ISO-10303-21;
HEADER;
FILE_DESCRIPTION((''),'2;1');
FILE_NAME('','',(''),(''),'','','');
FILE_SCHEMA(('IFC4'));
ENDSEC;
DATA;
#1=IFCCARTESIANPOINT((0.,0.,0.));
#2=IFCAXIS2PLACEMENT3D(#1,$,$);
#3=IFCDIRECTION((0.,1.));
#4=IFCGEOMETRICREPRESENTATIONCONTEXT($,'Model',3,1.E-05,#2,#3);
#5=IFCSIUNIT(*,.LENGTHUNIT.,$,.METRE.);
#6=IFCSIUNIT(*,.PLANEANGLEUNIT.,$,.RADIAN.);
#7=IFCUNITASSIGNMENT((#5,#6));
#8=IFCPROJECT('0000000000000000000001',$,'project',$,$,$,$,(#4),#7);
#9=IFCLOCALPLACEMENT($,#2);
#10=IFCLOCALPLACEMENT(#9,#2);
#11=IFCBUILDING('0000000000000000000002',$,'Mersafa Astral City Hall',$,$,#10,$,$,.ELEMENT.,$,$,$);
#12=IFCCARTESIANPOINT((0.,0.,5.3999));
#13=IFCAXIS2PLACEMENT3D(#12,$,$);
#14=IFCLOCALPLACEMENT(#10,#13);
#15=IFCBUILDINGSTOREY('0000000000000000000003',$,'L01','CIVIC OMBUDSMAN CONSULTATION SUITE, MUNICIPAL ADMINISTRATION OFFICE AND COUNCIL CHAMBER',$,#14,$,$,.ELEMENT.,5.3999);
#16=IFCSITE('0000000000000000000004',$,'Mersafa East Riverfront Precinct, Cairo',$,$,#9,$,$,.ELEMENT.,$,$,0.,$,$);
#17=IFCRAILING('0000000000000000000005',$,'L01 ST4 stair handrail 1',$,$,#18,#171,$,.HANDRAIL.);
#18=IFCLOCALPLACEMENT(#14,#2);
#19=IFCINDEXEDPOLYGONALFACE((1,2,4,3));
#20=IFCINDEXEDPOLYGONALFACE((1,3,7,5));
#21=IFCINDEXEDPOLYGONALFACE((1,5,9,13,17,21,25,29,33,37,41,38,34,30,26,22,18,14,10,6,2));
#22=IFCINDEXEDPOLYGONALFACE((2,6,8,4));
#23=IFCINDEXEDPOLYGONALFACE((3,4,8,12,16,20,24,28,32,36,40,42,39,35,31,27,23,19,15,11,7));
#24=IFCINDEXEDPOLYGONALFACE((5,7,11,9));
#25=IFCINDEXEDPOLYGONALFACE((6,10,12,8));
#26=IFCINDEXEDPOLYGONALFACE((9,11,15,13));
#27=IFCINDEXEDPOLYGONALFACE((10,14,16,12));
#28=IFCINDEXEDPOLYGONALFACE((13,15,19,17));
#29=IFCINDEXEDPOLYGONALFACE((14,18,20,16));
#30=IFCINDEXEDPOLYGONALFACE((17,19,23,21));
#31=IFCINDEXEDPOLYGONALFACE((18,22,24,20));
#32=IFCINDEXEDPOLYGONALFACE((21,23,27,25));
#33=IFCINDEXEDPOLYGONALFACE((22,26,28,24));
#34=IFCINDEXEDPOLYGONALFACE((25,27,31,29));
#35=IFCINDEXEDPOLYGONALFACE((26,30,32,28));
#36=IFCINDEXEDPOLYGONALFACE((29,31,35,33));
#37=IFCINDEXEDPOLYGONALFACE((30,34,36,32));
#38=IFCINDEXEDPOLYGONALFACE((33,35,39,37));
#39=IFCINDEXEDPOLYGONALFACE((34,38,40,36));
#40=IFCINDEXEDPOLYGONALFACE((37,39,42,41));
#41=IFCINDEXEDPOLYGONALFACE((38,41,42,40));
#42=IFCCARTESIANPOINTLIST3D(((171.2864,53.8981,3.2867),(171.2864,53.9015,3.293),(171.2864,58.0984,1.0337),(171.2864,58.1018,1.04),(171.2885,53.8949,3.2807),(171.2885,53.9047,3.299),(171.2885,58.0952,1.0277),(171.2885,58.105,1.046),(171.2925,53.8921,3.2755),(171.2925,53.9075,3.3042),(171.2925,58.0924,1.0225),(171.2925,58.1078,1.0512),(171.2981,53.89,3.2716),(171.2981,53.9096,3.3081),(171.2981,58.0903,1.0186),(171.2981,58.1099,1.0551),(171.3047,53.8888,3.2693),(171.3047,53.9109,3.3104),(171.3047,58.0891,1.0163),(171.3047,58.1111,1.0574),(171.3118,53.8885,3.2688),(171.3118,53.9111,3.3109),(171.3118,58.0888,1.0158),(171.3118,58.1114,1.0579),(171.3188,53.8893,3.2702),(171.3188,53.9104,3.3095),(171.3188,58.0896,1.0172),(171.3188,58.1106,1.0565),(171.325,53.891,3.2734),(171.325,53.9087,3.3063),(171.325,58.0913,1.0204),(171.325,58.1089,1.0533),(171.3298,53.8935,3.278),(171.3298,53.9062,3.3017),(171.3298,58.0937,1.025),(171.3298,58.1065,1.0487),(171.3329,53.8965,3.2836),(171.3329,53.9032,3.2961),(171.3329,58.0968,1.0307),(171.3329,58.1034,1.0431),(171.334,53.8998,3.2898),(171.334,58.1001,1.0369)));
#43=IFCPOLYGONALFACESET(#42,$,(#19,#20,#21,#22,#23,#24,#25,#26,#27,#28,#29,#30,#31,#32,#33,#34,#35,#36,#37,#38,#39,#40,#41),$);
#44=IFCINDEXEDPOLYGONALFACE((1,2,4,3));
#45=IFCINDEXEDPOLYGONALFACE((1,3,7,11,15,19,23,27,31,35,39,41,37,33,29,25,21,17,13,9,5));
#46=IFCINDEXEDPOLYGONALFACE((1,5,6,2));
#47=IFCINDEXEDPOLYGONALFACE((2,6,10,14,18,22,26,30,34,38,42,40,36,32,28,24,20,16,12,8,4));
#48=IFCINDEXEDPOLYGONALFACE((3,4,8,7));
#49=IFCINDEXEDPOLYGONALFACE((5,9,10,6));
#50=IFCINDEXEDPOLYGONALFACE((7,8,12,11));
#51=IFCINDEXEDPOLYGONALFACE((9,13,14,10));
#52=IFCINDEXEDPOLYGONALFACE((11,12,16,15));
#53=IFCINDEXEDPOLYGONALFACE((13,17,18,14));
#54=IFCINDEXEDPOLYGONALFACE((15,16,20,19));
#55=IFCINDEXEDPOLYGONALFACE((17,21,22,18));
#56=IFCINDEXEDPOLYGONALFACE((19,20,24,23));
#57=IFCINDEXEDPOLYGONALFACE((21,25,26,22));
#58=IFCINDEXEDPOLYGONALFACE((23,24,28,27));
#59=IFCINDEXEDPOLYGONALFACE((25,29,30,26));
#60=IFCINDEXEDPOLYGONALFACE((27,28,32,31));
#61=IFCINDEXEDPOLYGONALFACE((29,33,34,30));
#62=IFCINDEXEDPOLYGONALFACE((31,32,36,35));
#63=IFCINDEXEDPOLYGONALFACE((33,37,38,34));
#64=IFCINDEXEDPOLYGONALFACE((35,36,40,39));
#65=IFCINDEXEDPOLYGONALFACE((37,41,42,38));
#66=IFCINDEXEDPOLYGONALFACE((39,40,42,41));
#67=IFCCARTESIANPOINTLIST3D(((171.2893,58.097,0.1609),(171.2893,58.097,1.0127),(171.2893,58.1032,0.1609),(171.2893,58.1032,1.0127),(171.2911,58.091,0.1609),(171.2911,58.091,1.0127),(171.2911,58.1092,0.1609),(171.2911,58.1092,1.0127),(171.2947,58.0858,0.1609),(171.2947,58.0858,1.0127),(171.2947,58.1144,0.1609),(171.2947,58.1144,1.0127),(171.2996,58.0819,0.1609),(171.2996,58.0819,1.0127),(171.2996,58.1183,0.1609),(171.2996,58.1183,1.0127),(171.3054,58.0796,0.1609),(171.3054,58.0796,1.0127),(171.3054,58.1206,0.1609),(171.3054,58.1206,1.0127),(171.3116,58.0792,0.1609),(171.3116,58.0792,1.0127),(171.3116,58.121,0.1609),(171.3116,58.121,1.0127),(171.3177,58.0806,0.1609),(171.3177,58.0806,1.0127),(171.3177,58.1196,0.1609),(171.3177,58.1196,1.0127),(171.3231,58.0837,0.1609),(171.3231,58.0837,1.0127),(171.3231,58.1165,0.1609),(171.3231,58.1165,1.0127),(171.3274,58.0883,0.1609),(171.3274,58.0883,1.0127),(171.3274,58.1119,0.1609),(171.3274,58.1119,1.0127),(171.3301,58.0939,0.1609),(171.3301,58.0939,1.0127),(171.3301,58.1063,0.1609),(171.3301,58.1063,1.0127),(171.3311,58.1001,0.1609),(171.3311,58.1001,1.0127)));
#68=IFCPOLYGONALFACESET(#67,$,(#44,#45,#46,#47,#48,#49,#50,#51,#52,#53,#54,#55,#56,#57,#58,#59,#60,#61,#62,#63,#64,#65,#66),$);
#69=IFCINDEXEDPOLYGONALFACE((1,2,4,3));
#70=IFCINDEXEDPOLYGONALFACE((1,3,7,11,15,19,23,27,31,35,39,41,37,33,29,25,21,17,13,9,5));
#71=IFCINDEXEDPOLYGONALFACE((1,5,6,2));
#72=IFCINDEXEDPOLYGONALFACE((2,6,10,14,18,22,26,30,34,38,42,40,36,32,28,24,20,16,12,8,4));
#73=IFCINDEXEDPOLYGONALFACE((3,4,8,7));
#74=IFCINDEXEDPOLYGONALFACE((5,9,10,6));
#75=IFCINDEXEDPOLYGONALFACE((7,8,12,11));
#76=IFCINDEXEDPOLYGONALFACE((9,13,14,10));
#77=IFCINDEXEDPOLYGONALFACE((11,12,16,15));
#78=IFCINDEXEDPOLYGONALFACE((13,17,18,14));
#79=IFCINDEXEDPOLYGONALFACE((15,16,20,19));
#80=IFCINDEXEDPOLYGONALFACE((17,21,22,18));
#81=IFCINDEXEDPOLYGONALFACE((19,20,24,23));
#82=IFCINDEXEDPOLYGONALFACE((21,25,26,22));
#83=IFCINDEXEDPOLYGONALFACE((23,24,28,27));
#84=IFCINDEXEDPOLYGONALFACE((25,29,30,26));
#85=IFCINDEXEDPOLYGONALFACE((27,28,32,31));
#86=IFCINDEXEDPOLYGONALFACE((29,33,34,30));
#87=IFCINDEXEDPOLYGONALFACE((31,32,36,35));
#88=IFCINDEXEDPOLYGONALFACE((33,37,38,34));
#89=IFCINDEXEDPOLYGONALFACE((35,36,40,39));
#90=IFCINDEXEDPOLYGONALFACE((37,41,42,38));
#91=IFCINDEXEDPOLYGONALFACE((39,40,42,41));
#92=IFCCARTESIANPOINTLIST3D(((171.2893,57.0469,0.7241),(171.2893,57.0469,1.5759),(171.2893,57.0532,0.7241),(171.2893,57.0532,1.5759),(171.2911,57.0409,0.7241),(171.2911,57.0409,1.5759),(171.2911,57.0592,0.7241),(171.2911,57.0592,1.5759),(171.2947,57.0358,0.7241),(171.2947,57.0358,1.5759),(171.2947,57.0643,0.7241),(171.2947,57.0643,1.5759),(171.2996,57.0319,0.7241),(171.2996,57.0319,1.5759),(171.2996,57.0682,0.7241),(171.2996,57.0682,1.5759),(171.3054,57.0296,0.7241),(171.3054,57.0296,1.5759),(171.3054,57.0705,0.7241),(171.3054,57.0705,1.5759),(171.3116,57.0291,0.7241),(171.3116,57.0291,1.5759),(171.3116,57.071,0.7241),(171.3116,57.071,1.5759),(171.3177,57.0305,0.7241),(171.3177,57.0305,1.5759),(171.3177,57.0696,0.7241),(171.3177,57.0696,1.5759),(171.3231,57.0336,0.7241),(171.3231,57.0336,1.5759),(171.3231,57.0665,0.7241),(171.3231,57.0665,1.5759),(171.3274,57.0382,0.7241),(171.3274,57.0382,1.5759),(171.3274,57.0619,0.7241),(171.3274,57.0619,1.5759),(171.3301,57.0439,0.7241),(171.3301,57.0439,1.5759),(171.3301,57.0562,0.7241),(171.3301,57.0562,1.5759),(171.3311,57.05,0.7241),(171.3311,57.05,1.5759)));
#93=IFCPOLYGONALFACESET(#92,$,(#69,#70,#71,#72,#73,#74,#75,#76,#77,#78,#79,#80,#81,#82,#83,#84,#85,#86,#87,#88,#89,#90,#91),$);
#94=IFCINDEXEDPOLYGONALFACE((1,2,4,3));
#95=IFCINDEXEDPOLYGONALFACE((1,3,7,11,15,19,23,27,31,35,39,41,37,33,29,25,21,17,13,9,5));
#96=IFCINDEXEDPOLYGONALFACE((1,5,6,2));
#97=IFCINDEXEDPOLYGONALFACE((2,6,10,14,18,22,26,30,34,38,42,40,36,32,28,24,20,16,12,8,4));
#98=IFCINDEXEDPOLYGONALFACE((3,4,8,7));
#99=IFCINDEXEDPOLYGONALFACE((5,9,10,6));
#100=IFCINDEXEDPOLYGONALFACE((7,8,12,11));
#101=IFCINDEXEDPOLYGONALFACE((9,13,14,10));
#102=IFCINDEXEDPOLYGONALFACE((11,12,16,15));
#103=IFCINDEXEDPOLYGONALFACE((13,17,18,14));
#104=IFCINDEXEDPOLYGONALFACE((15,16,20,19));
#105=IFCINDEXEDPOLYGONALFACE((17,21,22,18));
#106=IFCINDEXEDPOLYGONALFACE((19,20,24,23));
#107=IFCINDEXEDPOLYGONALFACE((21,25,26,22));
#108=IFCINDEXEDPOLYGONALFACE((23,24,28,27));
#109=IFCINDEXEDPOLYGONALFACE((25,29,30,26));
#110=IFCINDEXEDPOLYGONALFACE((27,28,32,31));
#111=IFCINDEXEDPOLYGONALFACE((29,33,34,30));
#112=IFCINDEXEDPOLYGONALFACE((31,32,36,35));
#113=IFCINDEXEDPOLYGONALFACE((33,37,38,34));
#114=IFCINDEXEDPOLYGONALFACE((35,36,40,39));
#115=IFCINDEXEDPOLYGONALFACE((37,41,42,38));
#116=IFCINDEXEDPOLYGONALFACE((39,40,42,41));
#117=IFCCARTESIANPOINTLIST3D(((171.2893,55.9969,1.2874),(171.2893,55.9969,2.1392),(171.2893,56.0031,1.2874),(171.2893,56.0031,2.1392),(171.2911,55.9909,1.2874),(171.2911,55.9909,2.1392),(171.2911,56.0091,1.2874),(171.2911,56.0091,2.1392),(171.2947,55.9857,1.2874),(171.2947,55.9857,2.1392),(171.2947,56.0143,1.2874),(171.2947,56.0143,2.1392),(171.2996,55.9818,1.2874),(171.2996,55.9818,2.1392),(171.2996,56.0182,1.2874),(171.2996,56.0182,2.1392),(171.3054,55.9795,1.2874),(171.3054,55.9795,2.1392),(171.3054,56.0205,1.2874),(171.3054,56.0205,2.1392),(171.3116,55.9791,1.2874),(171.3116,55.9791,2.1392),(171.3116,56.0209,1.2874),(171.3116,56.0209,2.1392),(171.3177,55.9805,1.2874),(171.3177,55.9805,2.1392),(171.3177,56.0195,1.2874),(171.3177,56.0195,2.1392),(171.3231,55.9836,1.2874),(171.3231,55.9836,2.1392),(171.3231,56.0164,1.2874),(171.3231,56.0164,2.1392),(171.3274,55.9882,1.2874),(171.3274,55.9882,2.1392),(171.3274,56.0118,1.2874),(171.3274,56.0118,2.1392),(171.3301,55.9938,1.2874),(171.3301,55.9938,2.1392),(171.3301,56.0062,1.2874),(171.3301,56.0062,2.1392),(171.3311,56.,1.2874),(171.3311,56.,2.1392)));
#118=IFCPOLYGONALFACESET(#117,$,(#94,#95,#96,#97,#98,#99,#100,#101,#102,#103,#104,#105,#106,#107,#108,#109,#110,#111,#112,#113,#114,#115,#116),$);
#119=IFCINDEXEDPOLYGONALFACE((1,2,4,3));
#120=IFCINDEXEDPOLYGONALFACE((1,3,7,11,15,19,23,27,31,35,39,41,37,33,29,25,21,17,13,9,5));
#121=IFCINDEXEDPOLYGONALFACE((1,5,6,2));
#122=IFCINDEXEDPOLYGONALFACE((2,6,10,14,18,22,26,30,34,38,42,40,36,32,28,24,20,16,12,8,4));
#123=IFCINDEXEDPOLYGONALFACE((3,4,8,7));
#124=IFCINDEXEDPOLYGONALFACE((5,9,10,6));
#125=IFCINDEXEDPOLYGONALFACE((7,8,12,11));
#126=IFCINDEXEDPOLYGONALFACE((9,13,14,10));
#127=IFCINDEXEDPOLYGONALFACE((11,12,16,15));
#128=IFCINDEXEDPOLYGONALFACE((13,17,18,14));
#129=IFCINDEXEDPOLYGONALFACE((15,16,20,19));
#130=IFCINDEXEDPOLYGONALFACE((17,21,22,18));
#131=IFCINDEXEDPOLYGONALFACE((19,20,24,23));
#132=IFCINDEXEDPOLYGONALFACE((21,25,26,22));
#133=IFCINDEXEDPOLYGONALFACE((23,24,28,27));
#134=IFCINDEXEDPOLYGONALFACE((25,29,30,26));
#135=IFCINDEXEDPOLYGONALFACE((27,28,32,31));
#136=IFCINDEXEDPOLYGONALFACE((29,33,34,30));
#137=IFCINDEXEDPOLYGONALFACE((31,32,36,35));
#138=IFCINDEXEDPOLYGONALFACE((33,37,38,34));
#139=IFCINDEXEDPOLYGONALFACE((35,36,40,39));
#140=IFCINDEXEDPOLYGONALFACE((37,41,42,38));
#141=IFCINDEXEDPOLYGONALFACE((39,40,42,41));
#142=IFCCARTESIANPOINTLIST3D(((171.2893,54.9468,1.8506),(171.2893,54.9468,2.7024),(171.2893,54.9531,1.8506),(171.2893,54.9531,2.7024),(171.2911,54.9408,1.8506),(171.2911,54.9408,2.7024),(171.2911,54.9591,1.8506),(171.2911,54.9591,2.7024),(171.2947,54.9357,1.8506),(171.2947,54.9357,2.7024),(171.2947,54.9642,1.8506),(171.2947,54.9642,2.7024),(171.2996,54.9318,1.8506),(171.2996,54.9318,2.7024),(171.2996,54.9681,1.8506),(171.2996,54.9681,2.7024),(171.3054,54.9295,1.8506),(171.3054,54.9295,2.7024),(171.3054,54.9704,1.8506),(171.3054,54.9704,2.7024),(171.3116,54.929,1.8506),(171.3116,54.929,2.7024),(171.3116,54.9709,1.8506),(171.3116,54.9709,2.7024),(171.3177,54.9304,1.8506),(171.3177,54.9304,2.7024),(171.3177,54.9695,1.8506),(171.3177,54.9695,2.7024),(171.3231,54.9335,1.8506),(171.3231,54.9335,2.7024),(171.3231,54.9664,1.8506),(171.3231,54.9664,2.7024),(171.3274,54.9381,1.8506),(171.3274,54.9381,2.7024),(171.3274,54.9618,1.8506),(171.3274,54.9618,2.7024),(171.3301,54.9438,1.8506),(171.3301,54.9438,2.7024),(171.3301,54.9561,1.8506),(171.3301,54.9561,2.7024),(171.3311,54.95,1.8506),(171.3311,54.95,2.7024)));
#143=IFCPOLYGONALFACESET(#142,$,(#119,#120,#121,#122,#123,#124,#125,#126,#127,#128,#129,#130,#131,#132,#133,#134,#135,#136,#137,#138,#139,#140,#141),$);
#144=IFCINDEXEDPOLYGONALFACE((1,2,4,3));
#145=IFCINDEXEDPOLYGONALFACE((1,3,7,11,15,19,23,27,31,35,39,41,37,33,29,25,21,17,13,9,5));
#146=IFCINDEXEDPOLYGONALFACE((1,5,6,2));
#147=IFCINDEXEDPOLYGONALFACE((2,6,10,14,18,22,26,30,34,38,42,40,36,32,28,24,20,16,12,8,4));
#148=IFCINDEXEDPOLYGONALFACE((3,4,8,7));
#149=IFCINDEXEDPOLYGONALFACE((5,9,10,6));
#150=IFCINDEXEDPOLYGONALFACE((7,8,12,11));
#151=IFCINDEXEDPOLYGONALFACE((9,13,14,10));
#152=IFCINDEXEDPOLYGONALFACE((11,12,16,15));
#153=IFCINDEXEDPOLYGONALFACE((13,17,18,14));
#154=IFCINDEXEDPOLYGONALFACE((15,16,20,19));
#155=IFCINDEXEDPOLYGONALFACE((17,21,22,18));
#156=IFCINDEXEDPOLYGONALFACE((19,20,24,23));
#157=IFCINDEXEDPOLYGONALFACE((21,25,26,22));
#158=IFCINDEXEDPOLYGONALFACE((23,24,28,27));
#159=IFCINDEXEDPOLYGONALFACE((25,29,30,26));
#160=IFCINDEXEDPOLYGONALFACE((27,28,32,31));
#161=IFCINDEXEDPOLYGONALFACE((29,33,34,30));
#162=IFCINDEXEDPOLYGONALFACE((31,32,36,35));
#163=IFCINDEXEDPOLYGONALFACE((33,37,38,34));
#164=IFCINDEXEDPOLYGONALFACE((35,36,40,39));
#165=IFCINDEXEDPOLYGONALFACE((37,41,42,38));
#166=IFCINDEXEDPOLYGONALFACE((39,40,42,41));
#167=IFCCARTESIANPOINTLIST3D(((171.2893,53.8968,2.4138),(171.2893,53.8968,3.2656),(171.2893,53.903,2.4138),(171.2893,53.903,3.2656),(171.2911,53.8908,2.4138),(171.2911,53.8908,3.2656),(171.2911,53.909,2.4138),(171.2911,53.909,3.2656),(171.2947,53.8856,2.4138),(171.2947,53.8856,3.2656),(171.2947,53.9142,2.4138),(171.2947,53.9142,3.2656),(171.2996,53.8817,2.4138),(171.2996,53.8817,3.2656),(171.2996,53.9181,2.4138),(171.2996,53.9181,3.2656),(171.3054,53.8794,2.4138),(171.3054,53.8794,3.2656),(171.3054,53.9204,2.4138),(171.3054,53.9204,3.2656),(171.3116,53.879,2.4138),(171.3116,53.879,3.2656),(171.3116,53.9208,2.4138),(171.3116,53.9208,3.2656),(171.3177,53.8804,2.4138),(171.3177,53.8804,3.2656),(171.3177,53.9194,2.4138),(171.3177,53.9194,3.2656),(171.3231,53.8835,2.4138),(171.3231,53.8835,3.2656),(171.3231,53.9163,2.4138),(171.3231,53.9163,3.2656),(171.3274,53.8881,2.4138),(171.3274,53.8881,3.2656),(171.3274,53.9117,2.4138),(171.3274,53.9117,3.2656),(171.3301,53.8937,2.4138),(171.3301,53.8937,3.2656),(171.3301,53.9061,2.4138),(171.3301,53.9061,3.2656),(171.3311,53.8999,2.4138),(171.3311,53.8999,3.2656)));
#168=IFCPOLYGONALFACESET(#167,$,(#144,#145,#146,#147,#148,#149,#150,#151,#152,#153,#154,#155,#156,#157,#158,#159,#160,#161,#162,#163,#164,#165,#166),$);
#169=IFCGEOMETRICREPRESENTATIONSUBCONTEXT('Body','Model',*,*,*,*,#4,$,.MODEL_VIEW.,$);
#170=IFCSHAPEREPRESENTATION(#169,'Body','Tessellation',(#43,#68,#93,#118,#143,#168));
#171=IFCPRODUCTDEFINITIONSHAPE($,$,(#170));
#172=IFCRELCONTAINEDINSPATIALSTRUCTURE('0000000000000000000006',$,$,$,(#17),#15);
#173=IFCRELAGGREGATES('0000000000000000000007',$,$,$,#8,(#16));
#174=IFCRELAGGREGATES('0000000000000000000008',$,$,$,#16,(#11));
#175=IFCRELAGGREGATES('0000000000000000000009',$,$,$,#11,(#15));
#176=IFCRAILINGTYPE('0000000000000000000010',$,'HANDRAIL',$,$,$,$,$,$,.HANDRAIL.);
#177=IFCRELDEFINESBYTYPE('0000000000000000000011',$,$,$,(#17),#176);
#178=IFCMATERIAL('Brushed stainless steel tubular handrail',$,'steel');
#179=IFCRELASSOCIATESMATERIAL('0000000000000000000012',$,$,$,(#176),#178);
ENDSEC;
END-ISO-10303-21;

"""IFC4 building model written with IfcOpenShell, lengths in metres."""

from ifc_helpers import new_model, si_unit, direction, frame, origin, origin_2d, place, context, subcontext, project, spatial, circle, extrude, material, type_object, element, save


model = new_model("IFC4")

# Units and contexts
model_context = context("Model", 3, precision=1e-05, world=origin(), true_north=direction((0.0, 1.0)))
body_context = subcontext(model_context, "Body", "Model", "MODEL_VIEW")
ifc_project = project(units=[si_unit("LENGTHUNIT", "METRE"), si_unit("PLANEANGLEUNIT", "RADIAN")], contexts=[model_context])

# Site, building, storey
site_placement = place(None, origin())
site = spatial("IfcSite", under=ifc_project, at=site_placement, Name="Mersafa East Riverfront Precinct, Cairo", CompositionType="ELEMENT", RefElevation=0.0)
building_placement = place(site_placement, origin())
building = spatial("IfcBuilding", under=site, at=building_placement, Name="Mersafa Astral City Hall", CompositionType="ELEMENT")
storey_placement = place(building_placement, frame((0.0, 0.0, 5.3999)))
storey = spatial("IfcBuildingStorey", under=building, at=storey_placement, Name="L01", Description="CIVIC OMBUDSMAN CONSULTATION SUITE, MUNICIPAL ADMINISTRATION OFFICE AND COUNCIL CHAMBER", CompositionType="ELEMENT", Elevation=5.3999)

# Railing
ifc_material_1 = material(Name="Brushed stainless steel tubular handrail", Category="steel")
railing_type_1 = type_object("IfcRailingType", Name="HANDRAIL", PredefinedType="HANDRAIL", material=ifc_material_1)
railing_1_placement = place(storey_placement, frame((171.3101, 58.1001, 0.1609)))
element("IfcRailing", 1, at=railing_1_placement, inside=storey, type_object=railing_type_1, Name="L01 ST4 stair handrail 1", PredefinedType="HANDRAIL", context=body_context, shape_type="SweptSolid", body=[
    extrude(circle(Radius=0.0239, at=origin_2d()), frame((0.0, 0.0, 0.876), z_axis=(0.0, -0.881233, 0.472682), x_axis=(1.0, 0.0, 0.0)), (0.0, 0.0, 1.0), 4.7664),
    extrude(circle(Radius=0.021, at=origin_2d()), origin(), (0.0, 0.0, 1.0), 0.8518),
    extrude(circle(Radius=0.021, at=origin_2d()), frame((0.0, -1.05, 0.5632)), (0.0, 0.0, 1.0), 0.8518),
    extrude(circle(Radius=0.021, at=origin_2d()), frame((0.0, -2.1001, 1.1265)), (0.0, 0.0, 1.0), 0.8518),
    extrude(circle(Radius=0.021, at=origin_2d()), frame((0.0, -3.1501, 1.6897)), (0.0, 0.0, 1.0), 0.8518),
    extrude(circle(Radius=0.021, at=origin_2d()), frame((0.0, -4.2002, 2.2529)), (0.0, 0.0, 1.0), 0.8518),
])

save(model, "model.ifc")
